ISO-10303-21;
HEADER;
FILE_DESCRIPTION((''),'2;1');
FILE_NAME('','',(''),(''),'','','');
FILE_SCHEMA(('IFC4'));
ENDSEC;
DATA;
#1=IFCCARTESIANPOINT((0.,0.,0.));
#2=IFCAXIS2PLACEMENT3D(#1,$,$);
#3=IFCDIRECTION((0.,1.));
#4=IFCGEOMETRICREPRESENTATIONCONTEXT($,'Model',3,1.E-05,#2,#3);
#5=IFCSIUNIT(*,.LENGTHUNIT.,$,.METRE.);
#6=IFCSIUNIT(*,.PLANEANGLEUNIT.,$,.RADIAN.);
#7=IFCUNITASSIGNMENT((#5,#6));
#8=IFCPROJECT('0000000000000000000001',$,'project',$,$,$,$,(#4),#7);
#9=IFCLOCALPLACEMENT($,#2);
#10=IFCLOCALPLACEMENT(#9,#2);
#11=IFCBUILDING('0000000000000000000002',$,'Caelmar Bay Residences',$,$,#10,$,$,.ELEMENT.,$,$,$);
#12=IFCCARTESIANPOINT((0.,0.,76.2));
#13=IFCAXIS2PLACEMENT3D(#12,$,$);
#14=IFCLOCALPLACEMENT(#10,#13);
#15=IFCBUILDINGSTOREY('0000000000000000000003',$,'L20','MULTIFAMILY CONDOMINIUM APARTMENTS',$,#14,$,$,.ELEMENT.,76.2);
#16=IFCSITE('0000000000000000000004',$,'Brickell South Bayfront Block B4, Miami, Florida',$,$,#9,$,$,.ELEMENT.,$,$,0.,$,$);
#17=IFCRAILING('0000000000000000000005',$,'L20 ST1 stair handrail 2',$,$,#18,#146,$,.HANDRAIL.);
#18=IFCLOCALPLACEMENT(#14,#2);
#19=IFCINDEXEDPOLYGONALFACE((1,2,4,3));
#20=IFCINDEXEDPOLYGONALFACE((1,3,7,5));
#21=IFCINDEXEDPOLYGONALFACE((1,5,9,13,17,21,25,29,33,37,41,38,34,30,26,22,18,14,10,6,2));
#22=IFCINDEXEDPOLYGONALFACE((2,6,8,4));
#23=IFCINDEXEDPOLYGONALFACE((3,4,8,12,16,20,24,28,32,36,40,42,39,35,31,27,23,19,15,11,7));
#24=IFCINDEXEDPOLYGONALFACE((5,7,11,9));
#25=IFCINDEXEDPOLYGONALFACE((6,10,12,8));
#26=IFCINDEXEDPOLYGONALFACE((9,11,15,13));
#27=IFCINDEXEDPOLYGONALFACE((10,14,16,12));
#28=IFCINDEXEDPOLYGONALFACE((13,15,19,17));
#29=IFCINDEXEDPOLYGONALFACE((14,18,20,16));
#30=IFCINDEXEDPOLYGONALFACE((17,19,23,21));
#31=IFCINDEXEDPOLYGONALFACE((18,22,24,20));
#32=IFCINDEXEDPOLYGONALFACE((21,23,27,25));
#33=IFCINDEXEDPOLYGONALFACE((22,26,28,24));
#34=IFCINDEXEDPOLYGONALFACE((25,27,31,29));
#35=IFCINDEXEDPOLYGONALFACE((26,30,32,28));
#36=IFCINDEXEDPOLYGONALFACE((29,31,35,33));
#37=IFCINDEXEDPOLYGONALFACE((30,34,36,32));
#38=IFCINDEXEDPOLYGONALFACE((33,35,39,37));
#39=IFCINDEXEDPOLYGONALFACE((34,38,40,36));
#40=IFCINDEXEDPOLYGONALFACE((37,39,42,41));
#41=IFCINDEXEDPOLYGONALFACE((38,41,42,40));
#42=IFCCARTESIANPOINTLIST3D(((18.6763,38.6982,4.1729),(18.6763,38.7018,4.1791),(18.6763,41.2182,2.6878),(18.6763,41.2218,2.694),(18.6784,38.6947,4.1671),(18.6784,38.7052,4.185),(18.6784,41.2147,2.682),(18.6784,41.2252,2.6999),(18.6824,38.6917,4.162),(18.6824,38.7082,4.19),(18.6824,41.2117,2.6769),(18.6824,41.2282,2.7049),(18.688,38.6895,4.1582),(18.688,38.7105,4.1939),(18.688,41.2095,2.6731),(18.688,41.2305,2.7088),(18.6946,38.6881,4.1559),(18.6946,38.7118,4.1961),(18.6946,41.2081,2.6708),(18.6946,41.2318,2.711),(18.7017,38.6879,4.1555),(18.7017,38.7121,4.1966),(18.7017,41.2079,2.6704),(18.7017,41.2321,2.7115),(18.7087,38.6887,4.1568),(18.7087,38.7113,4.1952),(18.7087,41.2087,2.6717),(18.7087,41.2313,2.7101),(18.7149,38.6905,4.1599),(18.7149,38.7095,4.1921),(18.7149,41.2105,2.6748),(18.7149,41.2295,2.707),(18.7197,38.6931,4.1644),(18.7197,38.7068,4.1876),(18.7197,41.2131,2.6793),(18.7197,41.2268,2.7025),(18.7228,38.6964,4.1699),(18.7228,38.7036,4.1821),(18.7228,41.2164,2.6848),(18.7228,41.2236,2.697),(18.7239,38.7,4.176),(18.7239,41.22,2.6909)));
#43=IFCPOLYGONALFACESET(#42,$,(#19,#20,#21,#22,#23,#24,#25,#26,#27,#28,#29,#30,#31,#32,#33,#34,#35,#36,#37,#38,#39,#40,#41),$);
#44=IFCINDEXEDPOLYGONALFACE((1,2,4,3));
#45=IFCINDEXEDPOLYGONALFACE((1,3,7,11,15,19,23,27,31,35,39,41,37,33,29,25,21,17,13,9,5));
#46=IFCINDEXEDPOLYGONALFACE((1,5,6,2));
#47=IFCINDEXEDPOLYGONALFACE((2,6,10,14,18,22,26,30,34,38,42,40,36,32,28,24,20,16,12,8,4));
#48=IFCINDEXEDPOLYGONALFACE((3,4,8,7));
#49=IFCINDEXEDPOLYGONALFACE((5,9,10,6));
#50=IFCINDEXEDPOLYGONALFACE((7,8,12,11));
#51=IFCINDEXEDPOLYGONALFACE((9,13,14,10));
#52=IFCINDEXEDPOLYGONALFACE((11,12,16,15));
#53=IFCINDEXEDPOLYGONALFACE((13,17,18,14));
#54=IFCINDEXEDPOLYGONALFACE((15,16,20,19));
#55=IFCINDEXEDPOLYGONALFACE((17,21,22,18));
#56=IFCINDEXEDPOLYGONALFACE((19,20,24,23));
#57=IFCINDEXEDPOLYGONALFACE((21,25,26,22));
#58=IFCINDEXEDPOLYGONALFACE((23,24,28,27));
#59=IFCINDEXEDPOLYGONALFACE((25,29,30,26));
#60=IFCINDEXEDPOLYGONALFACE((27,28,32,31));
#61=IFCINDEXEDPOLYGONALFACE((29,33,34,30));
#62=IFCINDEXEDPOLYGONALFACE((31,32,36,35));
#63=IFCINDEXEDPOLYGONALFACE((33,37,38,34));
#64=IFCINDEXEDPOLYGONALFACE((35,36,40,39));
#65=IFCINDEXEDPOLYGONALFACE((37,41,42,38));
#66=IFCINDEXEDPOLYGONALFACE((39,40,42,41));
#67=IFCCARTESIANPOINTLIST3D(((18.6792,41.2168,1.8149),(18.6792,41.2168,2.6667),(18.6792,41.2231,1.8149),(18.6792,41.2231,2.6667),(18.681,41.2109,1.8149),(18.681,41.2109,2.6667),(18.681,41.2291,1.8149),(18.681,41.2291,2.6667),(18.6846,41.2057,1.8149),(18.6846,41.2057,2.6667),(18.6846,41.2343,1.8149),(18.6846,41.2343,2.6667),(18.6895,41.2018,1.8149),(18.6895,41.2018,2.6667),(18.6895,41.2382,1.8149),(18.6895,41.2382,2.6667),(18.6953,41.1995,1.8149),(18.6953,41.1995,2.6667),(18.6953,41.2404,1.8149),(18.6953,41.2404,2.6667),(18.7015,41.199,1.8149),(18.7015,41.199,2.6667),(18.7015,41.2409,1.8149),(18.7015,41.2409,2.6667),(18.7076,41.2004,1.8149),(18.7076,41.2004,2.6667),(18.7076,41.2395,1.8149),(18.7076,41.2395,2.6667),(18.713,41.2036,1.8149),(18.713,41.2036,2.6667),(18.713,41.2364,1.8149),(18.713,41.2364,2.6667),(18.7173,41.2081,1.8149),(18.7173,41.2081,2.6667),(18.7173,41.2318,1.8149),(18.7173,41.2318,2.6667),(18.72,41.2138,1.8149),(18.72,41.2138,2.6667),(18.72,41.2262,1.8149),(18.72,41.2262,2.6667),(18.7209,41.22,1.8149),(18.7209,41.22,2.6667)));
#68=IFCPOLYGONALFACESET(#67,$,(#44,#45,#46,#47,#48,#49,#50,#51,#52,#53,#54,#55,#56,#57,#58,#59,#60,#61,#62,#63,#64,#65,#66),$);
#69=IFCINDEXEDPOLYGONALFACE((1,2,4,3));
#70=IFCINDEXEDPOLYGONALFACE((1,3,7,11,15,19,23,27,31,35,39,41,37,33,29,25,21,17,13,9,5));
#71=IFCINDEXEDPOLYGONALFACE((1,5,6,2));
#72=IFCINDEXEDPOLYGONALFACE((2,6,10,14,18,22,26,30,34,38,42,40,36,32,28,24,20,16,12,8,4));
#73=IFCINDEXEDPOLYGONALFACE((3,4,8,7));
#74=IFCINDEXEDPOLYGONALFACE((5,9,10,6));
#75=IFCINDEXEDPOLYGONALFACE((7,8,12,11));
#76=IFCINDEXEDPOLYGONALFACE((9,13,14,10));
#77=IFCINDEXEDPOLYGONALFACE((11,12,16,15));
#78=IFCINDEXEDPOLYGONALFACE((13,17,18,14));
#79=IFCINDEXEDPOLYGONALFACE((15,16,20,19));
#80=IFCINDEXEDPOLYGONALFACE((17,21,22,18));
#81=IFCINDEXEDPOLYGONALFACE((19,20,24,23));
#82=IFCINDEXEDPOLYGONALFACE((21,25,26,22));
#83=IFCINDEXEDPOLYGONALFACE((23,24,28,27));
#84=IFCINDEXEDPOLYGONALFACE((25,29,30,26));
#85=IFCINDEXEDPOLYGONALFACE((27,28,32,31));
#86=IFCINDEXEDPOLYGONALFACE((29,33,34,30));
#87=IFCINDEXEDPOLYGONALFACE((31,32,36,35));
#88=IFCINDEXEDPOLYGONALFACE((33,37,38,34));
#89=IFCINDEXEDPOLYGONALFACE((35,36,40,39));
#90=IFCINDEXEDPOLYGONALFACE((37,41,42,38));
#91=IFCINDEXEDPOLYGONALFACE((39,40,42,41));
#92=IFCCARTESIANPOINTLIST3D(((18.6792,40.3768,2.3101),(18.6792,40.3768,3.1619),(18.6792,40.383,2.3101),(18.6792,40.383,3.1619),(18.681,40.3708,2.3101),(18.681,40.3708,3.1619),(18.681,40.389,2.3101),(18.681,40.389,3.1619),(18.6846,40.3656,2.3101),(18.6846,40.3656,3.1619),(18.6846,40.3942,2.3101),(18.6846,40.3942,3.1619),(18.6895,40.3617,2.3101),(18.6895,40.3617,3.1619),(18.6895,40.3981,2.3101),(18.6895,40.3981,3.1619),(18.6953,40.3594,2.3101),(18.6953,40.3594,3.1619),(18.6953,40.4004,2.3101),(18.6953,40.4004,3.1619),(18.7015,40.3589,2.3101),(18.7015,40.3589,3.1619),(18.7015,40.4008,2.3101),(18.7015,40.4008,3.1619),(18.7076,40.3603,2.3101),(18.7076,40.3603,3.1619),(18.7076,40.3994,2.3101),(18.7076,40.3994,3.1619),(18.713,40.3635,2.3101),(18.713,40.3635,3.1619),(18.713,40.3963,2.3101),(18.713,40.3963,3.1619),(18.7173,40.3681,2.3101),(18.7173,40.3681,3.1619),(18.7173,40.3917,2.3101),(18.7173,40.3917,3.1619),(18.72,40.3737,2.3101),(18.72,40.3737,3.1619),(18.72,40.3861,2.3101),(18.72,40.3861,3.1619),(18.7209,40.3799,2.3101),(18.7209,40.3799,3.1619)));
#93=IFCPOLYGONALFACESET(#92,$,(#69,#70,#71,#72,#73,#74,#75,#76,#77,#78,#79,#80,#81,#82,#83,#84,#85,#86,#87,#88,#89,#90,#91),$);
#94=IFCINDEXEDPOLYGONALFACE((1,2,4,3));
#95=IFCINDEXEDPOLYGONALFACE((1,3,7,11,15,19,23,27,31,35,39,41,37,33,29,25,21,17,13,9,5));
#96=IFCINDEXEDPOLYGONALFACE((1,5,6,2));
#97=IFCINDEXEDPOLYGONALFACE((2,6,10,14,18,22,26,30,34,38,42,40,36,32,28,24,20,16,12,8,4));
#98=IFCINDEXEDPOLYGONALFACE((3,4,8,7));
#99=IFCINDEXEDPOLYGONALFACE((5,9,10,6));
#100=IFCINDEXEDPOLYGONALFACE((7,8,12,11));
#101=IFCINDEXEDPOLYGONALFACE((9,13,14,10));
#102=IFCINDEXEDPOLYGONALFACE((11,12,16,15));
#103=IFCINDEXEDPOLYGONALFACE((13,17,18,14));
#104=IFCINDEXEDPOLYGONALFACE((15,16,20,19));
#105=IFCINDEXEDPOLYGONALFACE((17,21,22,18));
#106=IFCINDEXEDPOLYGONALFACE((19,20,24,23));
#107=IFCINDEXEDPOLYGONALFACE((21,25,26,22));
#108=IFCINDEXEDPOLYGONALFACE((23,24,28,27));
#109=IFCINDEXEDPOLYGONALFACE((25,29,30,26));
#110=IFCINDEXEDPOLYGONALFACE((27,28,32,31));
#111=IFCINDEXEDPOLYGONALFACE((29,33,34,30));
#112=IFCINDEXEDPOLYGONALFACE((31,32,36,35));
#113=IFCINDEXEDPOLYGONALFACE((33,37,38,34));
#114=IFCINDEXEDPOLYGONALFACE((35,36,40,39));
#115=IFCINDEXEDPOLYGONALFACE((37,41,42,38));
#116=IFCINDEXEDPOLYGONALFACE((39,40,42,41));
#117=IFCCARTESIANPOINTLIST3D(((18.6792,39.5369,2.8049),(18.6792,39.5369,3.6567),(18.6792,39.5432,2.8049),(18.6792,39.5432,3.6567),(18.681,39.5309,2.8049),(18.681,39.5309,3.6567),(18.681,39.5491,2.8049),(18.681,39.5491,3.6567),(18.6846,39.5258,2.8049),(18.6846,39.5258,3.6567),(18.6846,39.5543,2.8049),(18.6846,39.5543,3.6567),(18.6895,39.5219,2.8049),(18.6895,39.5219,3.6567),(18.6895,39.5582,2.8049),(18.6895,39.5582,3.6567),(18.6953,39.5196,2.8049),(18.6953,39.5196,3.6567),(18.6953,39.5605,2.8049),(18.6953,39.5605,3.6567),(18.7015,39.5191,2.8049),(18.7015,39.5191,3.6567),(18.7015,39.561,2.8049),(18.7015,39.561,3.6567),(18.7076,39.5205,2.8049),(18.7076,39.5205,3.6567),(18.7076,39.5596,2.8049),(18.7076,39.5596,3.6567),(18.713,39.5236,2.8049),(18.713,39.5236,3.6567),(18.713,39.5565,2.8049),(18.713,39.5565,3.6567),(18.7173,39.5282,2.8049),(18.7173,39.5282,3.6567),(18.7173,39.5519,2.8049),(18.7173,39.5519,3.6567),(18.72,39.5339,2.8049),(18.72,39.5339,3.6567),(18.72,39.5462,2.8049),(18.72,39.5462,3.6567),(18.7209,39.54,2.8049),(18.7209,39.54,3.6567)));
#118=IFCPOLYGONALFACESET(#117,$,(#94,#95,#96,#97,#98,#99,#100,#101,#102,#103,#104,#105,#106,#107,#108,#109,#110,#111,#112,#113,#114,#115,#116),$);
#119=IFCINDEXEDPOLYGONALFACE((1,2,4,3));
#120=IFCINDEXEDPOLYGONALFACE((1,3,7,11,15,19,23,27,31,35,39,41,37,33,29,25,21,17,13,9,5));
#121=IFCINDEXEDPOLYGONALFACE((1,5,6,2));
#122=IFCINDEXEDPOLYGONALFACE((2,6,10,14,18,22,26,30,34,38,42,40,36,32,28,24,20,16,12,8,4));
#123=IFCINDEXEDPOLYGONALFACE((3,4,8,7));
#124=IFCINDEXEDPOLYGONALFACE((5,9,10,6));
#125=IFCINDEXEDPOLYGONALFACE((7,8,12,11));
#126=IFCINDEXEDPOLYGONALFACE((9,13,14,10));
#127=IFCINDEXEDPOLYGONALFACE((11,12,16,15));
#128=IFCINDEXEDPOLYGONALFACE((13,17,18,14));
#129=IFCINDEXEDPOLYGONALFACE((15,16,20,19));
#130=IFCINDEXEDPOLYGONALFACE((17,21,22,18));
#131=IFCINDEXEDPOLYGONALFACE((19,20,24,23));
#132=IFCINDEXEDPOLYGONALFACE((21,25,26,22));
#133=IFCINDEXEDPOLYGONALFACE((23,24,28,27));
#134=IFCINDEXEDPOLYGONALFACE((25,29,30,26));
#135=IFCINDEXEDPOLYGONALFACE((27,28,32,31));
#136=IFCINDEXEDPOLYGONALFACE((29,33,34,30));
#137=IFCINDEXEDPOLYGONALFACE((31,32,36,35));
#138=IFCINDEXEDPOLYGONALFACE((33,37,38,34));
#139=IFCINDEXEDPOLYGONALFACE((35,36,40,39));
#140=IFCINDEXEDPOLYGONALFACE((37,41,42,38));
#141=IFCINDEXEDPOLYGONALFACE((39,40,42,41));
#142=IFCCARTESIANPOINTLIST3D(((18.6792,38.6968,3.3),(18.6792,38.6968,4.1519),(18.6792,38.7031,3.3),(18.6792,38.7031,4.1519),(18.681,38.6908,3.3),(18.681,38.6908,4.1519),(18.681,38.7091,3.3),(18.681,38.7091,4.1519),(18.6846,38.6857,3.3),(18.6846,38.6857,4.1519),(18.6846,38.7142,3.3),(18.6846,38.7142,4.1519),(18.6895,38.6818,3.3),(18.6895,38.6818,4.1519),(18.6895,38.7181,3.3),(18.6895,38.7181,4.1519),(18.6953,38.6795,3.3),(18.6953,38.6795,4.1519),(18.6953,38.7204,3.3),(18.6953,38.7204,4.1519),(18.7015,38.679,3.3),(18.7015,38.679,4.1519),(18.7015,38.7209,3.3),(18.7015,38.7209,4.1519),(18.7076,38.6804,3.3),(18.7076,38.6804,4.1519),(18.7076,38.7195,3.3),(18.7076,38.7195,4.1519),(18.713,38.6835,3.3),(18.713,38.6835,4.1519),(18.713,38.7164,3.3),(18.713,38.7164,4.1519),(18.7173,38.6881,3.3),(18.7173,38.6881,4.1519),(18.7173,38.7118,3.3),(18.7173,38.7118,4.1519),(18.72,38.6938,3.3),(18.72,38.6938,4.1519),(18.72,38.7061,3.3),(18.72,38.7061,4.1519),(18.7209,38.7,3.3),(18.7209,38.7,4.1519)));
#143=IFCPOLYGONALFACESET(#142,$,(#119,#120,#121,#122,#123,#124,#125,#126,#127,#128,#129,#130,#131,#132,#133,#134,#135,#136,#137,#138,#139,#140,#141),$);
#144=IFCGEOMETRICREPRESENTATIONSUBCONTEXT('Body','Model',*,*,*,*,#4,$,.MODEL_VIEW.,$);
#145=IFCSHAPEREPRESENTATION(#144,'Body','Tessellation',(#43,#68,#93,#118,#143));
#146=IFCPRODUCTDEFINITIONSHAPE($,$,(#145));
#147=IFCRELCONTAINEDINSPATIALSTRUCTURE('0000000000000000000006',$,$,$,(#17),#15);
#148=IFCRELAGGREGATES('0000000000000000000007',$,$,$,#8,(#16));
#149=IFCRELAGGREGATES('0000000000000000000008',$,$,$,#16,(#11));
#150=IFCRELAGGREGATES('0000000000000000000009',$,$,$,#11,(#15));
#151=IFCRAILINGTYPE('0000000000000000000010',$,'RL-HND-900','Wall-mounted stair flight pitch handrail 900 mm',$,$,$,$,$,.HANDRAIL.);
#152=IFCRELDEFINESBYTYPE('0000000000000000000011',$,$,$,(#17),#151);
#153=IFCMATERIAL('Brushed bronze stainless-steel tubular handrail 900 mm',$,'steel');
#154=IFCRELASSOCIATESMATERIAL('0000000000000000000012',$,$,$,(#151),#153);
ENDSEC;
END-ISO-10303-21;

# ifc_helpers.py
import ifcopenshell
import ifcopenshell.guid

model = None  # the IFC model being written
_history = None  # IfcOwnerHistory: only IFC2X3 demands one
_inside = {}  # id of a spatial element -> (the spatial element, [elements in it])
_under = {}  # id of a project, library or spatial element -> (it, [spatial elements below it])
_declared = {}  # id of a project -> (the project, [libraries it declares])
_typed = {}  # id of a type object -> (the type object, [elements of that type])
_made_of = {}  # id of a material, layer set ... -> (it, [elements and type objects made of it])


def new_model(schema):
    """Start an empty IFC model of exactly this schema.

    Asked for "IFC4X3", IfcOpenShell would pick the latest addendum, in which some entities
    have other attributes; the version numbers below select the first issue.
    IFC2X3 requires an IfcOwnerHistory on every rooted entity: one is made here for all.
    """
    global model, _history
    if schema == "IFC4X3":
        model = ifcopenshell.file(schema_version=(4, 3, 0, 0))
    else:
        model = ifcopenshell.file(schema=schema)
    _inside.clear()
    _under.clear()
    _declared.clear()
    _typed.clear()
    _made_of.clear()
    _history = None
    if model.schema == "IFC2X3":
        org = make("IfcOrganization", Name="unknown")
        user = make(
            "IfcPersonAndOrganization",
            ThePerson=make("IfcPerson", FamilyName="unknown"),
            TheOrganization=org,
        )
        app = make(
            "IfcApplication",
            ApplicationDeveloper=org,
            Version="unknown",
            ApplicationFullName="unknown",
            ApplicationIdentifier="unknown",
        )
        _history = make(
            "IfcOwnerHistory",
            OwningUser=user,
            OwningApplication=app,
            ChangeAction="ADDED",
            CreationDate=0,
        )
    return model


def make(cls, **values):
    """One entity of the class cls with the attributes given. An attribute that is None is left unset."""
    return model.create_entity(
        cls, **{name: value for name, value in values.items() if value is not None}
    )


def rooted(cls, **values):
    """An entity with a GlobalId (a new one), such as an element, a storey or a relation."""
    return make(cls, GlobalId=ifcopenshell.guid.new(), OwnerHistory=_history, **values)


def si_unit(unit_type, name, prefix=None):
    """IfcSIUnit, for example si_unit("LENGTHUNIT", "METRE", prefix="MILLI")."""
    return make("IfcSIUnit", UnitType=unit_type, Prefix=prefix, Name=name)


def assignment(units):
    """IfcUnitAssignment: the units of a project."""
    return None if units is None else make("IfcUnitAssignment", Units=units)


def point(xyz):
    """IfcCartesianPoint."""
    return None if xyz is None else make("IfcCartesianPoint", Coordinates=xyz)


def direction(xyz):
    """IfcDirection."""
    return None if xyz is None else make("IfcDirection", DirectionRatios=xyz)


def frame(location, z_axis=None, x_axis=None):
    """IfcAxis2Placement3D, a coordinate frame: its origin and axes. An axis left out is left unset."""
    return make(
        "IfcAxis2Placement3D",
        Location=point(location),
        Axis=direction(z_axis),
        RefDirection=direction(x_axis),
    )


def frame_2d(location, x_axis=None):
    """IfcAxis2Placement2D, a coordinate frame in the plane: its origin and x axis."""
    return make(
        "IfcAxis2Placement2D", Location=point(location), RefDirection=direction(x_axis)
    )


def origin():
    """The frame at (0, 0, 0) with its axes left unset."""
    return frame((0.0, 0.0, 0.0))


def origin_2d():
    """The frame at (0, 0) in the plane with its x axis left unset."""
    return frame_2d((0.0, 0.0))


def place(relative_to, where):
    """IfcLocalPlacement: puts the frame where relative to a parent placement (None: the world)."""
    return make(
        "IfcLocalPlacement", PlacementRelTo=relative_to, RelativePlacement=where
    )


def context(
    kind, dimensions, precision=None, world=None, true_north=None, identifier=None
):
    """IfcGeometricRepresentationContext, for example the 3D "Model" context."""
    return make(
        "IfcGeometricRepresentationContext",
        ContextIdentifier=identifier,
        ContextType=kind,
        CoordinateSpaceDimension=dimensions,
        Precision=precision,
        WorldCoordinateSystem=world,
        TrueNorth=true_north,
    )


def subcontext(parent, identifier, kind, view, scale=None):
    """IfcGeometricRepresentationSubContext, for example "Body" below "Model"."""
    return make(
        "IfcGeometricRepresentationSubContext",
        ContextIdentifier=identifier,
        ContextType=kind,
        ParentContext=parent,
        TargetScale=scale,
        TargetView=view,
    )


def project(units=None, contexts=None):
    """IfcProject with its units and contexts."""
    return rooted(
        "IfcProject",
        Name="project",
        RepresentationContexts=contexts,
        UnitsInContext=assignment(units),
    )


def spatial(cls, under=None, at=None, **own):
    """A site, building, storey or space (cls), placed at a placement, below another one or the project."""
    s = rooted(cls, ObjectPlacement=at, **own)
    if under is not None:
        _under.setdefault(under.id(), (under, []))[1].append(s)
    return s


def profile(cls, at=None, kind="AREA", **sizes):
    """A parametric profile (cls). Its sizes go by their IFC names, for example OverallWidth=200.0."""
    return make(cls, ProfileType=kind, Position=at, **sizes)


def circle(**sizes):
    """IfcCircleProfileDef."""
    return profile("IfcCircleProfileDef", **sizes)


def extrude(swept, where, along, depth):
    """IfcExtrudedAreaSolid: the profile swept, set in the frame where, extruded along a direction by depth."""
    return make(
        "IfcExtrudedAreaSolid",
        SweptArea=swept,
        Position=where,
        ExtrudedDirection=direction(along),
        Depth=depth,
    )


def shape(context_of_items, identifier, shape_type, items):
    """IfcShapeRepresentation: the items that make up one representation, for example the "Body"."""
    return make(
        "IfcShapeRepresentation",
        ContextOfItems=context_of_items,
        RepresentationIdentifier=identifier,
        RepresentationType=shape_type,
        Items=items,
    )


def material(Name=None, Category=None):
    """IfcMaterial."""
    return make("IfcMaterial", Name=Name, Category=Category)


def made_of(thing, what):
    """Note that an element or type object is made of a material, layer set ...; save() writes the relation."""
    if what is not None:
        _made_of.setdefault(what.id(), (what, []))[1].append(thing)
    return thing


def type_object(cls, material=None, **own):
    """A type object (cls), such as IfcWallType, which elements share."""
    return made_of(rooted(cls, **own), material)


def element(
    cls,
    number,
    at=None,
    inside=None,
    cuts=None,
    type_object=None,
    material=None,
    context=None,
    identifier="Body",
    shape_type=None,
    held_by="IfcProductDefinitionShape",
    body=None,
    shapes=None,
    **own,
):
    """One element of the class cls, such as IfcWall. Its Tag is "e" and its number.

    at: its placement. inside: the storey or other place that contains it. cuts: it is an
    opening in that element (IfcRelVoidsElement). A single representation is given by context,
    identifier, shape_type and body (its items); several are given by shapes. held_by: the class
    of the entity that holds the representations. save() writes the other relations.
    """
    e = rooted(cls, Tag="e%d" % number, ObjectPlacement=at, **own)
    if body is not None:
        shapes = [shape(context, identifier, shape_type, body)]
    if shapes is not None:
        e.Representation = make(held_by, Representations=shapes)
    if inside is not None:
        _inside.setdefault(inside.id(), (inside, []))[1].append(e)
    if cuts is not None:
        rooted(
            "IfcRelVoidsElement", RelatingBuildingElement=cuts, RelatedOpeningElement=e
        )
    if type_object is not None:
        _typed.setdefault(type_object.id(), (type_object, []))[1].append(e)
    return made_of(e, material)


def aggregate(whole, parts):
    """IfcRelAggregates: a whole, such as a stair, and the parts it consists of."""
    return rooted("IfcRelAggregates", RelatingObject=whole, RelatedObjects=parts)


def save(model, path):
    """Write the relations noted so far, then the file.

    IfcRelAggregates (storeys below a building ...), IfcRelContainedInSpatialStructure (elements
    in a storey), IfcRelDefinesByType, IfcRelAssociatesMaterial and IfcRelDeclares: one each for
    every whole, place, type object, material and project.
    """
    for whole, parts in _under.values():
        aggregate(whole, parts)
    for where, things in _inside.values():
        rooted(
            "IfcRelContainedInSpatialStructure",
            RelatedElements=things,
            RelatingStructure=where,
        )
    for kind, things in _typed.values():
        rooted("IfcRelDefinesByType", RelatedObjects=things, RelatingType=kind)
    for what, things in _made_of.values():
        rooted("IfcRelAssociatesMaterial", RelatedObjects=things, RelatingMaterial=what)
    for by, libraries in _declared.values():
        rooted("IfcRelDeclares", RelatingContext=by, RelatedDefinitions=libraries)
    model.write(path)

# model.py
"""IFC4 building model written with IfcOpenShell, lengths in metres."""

from ifc_helpers import new_model, si_unit, direction, frame, origin, origin_2d, place, context, subcontext, project, spatial, circle, extrude, material, type_object, element, save


model = new_model("IFC4")

# Units and contexts
model_context = context("Model", 3, precision=1e-05, world=origin(), true_north=direction((0.0, 1.0)))
body_context = subcontext(model_context, "Body", "Model", "MODEL_VIEW")
ifc_project = project(units=[si_unit("LENGTHUNIT", "METRE"), si_unit("PLANEANGLEUNIT", "RADIAN")], contexts=[model_context])

# Site, building, storey
site_placement = place(None, origin())
site = spatial("IfcSite", under=ifc_project, at=site_placement, Name="Brickell South Bayfront Block B4, Miami, Florida", CompositionType="ELEMENT", RefElevation=0.0)
building_placement = place(site_placement, origin())
building = spatial("IfcBuilding", under=site, at=building_placement, Name="Caelmar Bay Residences", CompositionType="ELEMENT")
storey_placement = place(building_placement, frame((0.0, 0.0, 76.2)))
storey = spatial("IfcBuildingStorey", under=building, at=storey_placement, Name="L20", Description="MULTIFAMILY CONDOMINIUM APARTMENTS", CompositionType="ELEMENT", Elevation=76.2)

# Railing
ifc_material_1 = material(Name="Brushed bronze stainless-steel tubular handrail 900 mm", Category="steel")
railing_type_1 = type_object("IfcRailingType", Name="RL-HND-900", Description="Wall-mounted stair flight pitch handrail 900 mm", PredefinedType="HANDRAIL", material=ifc_material_1)
railing_1_placement = place(storey_placement, frame((18.7, 41.22, 1.8149)))
element("IfcRailing", 1, at=railing_1_placement, inside=storey, type_object=railing_type_1, Name="L20 ST1 stair handrail 2", PredefinedType="HANDRAIL", context=body_context, shape_type="SweptSolid", body=[
    extrude(circle(Radius=0.0239, at=origin_2d()), frame((0.0, 0.0, 0.876), z_axis=(0.0, -0.861524, 0.507717), x_axis=(1.0, 0.0, 0.0)), (0.0, 0.0, 1.0), 2.925),
    extrude(circle(Radius=0.021, at=origin_2d()), origin(), (0.0, 0.0, 1.0), 0.8518),
    extrude(circle(Radius=0.021, at=origin_2d()), frame((0.0, -0.8401, 0.4951)), (0.0, 0.0, 1.0), 0.8518),
    extrude(circle(Radius=0.021, at=origin_2d()), frame((0.0, -1.6799, 0.99)), (0.0, 0.0, 1.0), 0.8518),
    extrude(circle(Radius=0.021, at=origin_2d()), frame((0.0, -2.52, 1.4851)), (0.0, 0.0, 1.0), 0.8518),
])

save(model, "model.ifc")
